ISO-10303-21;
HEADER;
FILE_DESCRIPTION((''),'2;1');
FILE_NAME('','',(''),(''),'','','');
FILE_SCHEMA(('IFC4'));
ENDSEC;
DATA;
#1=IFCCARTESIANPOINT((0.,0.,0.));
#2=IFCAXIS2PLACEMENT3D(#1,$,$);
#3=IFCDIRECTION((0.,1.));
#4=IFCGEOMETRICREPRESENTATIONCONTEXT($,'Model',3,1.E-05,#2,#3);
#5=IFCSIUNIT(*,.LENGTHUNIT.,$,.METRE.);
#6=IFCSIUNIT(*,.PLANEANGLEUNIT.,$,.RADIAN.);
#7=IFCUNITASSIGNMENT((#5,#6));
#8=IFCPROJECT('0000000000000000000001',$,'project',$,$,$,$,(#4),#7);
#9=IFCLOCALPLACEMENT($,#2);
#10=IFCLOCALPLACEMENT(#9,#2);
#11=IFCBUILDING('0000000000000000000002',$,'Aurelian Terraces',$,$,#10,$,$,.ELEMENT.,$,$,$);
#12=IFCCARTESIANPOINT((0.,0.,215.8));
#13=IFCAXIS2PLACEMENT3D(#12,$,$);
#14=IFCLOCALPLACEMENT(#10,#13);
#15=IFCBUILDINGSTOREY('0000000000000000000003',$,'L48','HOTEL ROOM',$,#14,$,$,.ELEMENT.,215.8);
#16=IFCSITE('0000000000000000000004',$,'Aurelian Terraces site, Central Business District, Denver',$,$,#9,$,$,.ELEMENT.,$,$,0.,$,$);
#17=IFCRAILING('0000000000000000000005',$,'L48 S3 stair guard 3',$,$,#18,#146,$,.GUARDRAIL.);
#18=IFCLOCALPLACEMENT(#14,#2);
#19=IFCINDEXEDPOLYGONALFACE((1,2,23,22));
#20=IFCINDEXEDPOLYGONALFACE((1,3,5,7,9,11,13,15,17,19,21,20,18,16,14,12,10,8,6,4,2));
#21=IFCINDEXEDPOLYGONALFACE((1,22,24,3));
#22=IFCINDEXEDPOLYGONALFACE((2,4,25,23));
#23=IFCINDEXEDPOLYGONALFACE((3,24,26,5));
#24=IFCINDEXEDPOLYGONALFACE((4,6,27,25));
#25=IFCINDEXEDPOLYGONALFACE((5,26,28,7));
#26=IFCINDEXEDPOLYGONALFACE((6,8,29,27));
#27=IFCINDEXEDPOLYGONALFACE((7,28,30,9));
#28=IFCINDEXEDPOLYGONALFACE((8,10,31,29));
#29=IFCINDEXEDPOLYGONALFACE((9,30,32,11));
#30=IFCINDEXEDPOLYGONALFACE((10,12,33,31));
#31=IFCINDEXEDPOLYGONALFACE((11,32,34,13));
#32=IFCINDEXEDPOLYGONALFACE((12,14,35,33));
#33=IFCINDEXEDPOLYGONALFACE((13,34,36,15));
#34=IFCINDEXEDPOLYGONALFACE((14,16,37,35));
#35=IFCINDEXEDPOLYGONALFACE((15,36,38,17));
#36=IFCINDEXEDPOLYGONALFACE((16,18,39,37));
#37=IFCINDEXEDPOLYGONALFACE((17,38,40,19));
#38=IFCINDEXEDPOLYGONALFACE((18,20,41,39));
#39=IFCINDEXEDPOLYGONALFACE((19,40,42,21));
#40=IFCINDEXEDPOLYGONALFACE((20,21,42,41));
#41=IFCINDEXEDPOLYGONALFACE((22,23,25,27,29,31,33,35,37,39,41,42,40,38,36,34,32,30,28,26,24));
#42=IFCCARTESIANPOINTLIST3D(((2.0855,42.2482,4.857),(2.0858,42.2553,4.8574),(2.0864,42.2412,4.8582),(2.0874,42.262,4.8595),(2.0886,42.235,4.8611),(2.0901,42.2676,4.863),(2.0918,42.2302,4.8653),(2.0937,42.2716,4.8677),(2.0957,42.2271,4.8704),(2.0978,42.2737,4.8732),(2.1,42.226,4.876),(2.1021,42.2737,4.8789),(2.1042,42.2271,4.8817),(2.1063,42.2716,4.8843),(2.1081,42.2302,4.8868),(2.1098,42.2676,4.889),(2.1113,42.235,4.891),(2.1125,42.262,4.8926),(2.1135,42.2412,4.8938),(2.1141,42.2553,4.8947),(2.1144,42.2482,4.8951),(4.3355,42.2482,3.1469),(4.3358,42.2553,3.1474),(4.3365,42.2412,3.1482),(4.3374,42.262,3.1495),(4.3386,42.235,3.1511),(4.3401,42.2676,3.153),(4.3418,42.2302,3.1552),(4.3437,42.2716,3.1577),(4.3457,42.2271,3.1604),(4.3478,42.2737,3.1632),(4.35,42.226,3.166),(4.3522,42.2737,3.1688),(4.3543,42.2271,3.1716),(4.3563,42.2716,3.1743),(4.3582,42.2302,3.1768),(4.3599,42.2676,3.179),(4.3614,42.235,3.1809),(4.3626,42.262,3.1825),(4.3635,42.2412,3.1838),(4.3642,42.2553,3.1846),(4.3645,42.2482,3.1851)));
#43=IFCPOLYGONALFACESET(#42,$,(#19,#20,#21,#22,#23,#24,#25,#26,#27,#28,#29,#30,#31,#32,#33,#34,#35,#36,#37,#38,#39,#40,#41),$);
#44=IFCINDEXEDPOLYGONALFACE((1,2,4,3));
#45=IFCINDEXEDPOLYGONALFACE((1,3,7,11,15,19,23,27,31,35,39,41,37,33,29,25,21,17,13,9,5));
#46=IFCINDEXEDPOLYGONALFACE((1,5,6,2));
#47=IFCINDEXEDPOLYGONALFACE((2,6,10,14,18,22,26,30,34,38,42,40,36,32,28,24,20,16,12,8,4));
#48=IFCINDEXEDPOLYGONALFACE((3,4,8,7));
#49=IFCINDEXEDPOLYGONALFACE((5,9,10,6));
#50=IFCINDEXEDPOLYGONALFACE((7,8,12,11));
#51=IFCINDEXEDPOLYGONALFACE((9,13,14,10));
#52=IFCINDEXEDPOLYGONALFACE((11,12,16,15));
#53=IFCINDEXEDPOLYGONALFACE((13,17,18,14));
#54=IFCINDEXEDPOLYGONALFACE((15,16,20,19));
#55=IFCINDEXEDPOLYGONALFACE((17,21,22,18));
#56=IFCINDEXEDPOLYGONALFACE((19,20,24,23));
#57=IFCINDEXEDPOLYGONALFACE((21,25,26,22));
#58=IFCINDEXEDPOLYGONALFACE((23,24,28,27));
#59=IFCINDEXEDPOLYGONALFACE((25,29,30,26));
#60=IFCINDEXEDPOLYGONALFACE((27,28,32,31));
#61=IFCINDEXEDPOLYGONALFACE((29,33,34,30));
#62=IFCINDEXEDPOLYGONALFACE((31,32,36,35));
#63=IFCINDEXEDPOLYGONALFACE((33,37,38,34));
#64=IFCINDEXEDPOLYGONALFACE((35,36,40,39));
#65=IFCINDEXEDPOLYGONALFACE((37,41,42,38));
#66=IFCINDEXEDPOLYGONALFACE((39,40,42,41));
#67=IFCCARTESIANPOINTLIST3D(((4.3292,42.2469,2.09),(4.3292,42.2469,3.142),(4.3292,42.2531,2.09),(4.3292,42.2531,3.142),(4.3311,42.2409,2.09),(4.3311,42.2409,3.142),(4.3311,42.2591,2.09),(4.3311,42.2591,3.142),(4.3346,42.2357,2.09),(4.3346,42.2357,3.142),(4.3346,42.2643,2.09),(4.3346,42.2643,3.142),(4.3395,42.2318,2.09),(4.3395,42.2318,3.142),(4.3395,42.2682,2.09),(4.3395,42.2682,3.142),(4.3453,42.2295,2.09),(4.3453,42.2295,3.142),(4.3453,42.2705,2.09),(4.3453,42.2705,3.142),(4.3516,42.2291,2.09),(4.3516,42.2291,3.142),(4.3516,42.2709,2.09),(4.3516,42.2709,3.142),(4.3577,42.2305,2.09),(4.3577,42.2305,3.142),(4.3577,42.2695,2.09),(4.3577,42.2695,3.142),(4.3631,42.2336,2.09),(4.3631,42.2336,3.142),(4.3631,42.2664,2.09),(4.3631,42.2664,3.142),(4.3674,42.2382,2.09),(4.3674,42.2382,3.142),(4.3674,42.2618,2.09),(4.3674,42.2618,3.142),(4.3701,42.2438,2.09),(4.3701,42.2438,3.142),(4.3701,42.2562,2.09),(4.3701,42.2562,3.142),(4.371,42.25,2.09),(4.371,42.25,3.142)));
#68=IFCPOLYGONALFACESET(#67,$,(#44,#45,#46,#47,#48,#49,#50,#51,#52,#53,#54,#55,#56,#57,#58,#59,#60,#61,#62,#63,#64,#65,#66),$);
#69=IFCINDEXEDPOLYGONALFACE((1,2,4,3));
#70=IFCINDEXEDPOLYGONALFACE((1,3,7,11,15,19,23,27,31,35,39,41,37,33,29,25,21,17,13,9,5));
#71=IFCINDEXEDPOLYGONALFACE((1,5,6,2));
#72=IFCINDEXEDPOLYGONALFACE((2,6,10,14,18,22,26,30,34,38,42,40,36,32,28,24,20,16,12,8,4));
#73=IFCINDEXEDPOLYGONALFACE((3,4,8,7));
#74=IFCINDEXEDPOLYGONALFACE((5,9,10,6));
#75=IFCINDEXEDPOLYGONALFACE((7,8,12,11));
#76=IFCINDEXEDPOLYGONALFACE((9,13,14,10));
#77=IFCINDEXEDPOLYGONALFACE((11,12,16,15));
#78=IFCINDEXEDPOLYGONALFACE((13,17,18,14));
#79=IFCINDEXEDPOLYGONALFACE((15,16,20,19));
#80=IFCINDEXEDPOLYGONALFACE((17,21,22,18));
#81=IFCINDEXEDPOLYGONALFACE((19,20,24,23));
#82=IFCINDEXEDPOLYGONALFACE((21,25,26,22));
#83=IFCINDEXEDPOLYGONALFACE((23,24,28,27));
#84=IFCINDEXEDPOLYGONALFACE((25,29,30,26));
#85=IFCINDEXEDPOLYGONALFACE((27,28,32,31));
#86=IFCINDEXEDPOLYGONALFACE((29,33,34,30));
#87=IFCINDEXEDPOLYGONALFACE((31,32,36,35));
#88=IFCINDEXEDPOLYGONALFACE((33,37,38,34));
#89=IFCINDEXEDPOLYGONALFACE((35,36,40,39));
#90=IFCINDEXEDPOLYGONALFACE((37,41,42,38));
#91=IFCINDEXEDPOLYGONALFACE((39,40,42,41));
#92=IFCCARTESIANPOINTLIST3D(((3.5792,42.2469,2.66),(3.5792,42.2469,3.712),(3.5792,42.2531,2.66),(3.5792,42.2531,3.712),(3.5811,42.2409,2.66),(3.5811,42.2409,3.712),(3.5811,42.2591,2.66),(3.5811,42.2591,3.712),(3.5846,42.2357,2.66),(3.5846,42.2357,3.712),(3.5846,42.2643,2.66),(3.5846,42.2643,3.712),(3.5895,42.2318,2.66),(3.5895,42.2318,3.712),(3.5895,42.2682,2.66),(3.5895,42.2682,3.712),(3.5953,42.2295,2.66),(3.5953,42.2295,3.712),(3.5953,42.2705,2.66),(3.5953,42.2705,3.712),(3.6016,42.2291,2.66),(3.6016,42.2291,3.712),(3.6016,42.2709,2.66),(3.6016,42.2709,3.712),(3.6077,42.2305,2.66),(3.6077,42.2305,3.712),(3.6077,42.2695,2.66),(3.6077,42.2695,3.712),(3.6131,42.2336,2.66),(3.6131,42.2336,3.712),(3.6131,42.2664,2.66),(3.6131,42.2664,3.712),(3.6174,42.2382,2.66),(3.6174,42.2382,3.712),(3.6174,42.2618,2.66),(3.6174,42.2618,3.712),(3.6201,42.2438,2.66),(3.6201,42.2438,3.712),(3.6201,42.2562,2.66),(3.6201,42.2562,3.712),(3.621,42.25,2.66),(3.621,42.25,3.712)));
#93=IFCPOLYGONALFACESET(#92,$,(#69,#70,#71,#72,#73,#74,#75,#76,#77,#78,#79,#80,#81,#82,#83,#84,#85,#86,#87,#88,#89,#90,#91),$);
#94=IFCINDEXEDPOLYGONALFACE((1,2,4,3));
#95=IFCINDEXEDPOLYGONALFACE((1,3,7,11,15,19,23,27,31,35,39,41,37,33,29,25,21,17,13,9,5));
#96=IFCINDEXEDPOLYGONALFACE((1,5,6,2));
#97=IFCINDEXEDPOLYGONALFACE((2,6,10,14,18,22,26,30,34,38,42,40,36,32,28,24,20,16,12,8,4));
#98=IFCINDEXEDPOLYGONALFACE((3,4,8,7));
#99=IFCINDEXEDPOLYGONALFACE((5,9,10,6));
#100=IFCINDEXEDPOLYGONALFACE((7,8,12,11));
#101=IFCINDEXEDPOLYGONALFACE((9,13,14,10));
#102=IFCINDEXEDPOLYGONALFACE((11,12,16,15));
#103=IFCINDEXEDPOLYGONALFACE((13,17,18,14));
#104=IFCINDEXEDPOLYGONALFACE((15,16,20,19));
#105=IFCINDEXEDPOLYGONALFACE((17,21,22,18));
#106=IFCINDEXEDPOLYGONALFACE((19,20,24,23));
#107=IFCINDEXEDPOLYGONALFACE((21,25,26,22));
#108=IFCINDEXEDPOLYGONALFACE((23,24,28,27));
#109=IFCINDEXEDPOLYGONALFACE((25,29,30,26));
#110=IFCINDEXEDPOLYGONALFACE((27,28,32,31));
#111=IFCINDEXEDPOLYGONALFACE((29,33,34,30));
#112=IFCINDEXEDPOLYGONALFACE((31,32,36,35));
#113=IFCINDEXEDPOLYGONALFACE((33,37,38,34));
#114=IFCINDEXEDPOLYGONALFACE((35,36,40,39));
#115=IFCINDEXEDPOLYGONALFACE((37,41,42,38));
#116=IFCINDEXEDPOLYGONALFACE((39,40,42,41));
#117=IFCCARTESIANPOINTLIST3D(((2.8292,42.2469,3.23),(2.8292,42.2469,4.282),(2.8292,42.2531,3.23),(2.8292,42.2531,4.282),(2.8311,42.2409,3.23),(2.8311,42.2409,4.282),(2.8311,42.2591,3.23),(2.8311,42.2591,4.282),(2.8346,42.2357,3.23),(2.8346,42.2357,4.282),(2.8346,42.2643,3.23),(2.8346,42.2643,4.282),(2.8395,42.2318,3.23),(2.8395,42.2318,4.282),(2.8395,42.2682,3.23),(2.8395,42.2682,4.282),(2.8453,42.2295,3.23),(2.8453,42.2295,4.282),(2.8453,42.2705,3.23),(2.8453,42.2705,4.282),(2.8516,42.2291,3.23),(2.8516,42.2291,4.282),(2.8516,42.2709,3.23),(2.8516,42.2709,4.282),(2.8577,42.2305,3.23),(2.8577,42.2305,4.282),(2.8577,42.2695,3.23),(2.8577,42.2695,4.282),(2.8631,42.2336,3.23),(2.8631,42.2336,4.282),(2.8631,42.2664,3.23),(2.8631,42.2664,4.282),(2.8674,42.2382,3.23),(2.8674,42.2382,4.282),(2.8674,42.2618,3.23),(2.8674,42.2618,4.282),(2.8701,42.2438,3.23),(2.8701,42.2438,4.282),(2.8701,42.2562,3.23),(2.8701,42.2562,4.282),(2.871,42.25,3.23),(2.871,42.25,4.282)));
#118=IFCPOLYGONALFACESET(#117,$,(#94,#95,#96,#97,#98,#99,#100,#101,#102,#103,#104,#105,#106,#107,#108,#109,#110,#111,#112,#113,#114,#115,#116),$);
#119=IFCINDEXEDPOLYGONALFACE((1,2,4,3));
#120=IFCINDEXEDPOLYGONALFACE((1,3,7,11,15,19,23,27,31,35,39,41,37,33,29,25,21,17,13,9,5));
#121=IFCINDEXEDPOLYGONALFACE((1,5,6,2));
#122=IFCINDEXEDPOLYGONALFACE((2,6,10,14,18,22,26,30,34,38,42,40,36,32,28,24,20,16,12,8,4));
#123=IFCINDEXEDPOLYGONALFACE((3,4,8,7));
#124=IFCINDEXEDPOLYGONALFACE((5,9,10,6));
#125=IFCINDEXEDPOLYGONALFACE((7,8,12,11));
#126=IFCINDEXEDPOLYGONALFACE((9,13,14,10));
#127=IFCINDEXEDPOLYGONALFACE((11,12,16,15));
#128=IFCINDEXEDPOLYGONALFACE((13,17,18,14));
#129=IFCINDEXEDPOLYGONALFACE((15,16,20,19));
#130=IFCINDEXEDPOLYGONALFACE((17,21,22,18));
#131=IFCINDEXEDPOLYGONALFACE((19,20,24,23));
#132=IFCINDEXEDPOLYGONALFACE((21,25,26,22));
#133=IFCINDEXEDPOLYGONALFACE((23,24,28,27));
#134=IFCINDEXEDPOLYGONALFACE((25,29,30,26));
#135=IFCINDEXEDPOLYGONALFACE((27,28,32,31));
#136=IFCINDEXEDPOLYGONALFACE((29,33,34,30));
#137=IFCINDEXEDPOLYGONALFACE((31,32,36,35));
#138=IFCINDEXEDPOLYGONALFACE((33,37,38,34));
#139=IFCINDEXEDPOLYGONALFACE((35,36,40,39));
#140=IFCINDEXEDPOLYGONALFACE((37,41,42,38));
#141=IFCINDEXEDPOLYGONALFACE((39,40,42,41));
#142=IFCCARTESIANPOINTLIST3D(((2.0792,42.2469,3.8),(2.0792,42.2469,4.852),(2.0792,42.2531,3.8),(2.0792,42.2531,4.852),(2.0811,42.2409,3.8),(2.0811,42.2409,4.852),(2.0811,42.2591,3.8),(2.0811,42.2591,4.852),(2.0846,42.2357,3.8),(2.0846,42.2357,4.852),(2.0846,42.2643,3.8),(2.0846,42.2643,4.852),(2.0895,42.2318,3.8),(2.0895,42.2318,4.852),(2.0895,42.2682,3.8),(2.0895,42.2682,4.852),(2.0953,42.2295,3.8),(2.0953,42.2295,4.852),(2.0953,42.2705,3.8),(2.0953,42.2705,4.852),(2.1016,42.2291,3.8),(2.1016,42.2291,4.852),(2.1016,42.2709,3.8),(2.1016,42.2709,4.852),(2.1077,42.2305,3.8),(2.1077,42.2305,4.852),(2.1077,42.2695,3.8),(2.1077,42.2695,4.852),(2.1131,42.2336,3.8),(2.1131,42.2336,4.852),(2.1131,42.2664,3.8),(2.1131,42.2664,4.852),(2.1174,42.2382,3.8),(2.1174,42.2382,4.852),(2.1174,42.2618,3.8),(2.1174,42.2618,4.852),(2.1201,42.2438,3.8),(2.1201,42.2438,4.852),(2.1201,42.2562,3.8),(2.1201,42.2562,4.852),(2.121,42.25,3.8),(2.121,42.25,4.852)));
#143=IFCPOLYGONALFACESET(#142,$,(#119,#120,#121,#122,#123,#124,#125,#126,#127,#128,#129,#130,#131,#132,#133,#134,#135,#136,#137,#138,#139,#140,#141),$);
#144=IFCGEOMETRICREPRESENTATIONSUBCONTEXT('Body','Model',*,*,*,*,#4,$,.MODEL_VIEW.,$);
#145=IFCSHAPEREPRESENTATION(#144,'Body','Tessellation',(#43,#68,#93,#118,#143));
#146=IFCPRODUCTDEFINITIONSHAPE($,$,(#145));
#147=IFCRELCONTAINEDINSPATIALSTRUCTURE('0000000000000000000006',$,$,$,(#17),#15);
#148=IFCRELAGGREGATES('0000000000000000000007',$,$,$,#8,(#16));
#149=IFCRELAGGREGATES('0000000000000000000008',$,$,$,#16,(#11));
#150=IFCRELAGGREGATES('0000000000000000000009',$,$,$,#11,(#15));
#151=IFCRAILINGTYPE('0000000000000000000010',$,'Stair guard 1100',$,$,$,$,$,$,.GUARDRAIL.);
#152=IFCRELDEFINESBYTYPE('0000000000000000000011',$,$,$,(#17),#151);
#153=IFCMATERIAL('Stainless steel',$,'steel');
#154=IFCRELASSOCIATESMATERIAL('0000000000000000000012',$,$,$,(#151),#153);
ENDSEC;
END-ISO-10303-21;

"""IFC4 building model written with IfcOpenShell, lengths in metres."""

from ifc_helpers import new_model, si_unit, direction, frame, origin, origin_2d, place, context, subcontext, project, spatial, circle, extrude, source, transform, mapped, material, type_object, element, save


model = new_model("IFC4")

# Units and contexts
model_context = context("Model", 3, precision=1e-05, world=origin(), true_north=direction((0.0, 1.0)))
body_context = subcontext(model_context, "Body", "Model", "MODEL_VIEW")
ifc_project = project(units=[si_unit("LENGTHUNIT", "METRE"), si_unit("PLANEANGLEUNIT", "RADIAN")], contexts=[model_context])

# Site, building, storey
site_placement = place(None, origin())
site = spatial("IfcSite", under=ifc_project, at=site_placement, Name="Aurelian Terraces site, Central Business District, Denver", CompositionType="ELEMENT", RefElevation=0.0)
building_placement = place(site_placement, origin())
building = spatial("IfcBuilding", under=site, at=building_placement, Name="Aurelian Terraces", CompositionType="ELEMENT")
storey_placement = place(building_placement, frame((0.0, 0.0, 215.8)))
storey = spatial("IfcBuildingStorey", under=building, at=storey_placement, Name="L48", Description="HOTEL ROOM", CompositionType="ELEMENT", Elevation=215.8)

# Railing
ifc_material_1 = material(Name="Stainless steel", Category="steel")
railing_type_1 = type_object("IfcRailingType", Name="Stair guard 1100", PredefinedType="GUARDRAIL", material=ifc_material_1)
shared_shape_1 = source(origin(), body_context, "Body", "SweptSolid", [
    extrude(circle(Radius=0.024, at=origin_2d()), frame((0.0, 0.0, 1.076), z_axis=(-0.796162, 0.0, 0.605083), x_axis=(0.0, -1.0, 0.0)), (0.0, 0.0, 1.0), 2.8261),
    extrude(circle(Radius=0.021, at=origin_2d()), origin(), (0.0, 0.0, 1.0), 1.052),
    extrude(circle(Radius=0.021, at=origin_2d()), frame((-0.75, 0.0, 0.57)), (0.0, 0.0, 1.0), 1.052),
    extrude(circle(Radius=0.021, at=origin_2d()), frame((-1.5, 0.0, 1.14)), (0.0, 0.0, 1.0), 1.052),
    extrude(circle(Radius=0.021, at=origin_2d()), frame((-2.25, 0.0, 1.71)), (0.0, 0.0, 1.0), 1.052),
])
railing_1_placement = place(storey_placement, frame((4.35, 42.25, 2.09)))
element("IfcRailing", 1, at=railing_1_placement, inside=storey, type_object=railing_type_1, Name="L48 S3 stair guard 3", PredefinedType="GUARDRAIL", context=body_context, shape_type="MappedRepresentation", body=[
    mapped(shared_shape_1, transform((0.0, 0.0, 0.0), scale=1.0)),
])

save(model, "model.ifc")
